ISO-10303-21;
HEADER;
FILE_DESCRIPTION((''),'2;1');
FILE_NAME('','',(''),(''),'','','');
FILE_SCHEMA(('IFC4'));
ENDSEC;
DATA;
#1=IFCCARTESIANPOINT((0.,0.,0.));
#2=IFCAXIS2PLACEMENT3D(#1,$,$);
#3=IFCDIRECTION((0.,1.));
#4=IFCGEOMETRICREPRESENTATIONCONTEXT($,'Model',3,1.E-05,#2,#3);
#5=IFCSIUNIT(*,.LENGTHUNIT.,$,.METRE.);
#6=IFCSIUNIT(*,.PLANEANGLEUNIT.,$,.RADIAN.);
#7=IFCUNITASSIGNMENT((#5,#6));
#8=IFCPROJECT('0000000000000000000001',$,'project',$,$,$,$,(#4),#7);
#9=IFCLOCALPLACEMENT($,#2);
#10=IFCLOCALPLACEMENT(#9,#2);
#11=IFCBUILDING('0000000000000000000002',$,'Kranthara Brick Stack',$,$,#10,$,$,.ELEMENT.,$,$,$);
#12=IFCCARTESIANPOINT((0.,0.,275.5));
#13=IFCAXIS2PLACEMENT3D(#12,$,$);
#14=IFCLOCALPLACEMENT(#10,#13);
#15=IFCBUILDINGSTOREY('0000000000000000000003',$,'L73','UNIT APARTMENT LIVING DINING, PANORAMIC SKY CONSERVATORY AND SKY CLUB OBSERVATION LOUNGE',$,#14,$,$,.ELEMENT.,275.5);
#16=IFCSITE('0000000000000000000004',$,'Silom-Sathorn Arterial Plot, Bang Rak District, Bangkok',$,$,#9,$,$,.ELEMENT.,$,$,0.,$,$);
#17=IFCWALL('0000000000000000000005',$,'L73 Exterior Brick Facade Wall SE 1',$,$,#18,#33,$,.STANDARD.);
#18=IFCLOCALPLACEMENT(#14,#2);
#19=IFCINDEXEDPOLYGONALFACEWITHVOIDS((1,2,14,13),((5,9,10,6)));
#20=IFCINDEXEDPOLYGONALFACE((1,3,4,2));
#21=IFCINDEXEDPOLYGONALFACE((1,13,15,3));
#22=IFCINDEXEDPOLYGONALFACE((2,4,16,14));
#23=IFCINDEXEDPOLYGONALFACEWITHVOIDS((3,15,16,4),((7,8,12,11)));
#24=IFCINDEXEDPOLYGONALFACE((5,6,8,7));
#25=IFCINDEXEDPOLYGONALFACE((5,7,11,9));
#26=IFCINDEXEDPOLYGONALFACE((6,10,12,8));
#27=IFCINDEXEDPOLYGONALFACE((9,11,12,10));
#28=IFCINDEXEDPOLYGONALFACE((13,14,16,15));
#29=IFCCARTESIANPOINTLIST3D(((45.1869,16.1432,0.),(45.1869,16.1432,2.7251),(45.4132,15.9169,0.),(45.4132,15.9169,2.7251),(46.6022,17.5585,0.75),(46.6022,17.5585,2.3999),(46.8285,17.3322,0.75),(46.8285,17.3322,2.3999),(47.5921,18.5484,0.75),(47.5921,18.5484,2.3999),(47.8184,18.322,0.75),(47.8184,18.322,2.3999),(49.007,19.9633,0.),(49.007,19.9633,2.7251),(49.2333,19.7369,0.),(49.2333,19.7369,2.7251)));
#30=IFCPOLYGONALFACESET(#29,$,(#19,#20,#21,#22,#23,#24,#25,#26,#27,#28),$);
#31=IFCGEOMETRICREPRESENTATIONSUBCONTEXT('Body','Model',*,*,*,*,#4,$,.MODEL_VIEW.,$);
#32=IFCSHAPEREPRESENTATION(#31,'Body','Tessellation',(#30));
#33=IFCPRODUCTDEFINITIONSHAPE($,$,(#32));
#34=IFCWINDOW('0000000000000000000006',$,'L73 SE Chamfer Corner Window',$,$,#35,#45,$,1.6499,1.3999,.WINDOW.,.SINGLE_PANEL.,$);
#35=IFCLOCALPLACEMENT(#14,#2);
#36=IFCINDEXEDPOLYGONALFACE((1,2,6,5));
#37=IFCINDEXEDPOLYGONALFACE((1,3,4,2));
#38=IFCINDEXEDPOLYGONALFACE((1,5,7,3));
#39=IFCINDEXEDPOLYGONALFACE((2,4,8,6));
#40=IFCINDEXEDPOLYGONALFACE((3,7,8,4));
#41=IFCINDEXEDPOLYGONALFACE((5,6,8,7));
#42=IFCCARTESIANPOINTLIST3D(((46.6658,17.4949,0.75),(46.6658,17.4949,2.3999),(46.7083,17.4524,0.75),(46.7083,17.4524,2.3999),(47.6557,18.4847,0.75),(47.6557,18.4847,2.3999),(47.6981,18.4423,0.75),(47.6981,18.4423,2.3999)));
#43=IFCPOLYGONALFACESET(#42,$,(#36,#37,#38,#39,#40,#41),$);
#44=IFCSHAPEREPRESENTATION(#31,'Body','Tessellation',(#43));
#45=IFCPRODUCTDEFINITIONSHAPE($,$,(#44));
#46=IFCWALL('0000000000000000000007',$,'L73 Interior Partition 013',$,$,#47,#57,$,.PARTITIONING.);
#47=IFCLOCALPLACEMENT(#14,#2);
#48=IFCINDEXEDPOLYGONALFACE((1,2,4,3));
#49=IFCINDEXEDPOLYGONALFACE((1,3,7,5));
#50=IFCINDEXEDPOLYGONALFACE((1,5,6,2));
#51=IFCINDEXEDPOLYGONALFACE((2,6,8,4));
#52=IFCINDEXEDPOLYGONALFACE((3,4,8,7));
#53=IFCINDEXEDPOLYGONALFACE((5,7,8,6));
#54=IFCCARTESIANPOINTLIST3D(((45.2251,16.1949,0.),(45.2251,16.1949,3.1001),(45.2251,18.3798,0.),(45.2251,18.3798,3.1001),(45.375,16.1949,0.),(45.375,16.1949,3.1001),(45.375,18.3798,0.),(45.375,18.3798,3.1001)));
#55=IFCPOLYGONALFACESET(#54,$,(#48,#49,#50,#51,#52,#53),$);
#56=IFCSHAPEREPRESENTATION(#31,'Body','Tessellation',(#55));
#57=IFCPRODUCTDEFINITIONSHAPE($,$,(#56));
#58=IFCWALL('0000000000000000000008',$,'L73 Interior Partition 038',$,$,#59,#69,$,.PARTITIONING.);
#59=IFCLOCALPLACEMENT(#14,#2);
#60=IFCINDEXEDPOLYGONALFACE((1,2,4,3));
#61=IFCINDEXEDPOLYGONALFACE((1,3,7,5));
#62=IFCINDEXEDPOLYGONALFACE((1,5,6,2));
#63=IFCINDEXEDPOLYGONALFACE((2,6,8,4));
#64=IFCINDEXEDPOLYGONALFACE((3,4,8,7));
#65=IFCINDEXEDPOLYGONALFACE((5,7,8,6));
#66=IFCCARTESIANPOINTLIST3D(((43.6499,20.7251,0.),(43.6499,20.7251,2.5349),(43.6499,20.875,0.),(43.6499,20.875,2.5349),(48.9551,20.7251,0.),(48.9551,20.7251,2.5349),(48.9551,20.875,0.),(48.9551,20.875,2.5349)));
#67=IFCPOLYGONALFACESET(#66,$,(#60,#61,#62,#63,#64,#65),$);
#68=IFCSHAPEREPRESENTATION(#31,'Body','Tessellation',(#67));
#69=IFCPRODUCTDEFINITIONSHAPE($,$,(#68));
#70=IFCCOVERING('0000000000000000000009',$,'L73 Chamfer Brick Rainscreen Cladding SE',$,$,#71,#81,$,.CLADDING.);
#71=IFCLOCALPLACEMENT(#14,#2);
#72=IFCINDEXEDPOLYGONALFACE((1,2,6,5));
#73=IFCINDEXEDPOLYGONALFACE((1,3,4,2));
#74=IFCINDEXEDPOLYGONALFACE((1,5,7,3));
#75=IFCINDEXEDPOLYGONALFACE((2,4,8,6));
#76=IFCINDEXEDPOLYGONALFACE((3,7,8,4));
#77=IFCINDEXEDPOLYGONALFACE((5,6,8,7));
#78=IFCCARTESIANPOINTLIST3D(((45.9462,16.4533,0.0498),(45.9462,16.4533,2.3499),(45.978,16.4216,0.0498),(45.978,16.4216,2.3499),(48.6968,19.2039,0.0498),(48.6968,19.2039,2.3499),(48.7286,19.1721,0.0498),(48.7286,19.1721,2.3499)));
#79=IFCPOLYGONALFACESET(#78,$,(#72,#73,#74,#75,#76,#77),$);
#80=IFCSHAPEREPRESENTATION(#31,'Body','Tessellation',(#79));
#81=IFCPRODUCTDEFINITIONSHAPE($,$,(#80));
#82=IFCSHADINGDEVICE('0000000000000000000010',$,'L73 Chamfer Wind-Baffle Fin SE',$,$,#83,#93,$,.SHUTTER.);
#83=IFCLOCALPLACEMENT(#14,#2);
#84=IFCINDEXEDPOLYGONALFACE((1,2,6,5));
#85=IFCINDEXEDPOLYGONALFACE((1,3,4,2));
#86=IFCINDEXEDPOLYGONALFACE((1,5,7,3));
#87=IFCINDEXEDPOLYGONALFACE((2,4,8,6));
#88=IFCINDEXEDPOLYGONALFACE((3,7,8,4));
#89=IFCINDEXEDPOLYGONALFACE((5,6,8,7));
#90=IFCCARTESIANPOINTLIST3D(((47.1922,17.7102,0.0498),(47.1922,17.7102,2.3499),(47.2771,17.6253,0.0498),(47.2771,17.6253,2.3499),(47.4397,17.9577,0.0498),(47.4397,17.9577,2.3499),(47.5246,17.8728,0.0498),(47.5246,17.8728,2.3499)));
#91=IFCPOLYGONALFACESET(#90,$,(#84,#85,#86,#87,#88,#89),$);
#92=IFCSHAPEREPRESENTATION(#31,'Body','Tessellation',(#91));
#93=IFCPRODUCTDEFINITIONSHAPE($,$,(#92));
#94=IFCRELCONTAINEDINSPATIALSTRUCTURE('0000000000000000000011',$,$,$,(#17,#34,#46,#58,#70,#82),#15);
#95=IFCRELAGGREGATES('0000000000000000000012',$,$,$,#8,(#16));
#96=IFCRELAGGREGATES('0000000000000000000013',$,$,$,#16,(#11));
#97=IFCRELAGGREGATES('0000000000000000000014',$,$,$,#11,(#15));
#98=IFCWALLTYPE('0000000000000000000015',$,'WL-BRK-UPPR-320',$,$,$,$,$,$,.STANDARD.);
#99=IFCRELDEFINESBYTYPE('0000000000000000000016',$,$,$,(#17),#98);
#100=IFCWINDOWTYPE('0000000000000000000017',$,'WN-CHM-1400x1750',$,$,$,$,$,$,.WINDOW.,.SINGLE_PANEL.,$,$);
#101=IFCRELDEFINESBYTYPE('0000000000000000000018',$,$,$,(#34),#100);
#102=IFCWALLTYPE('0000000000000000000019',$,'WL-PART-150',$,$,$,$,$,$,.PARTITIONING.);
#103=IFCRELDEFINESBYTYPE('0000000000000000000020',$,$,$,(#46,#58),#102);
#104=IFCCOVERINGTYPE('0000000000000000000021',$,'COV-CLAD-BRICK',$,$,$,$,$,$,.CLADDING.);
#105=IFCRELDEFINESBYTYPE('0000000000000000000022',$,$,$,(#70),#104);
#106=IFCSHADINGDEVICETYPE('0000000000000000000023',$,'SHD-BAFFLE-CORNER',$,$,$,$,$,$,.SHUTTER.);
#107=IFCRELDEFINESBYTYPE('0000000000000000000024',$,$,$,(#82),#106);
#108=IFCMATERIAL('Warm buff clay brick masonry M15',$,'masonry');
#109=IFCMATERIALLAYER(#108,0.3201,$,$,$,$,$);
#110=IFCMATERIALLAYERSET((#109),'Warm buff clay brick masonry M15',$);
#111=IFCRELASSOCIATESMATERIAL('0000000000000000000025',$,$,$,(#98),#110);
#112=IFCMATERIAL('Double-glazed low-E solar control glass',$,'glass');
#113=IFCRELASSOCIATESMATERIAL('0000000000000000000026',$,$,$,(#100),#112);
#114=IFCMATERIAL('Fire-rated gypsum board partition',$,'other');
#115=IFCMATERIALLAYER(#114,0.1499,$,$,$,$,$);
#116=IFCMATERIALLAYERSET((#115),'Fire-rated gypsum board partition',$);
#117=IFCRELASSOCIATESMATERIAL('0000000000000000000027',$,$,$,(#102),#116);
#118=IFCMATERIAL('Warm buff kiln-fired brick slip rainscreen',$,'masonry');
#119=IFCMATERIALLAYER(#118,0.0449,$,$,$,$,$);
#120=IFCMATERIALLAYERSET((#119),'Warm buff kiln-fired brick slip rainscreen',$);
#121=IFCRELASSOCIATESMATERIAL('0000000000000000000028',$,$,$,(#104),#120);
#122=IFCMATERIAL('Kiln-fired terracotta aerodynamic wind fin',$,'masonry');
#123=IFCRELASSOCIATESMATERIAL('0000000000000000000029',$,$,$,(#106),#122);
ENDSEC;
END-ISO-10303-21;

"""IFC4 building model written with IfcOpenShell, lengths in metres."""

from ifc_helpers import new_model, si_unit, direction, frame, frame_2d, origin, origin_2d, place, context, subcontext, project, spatial, rectangle, extrude, material, layer, layer_set, type_object, element, fill, save


model = new_model("IFC4")

# Units and contexts
model_context = context("Model", 3, precision=1e-05, world=origin(), true_north=direction((0.0, 1.0)))
body_context = subcontext(model_context, "Body", "Model", "MODEL_VIEW")
ifc_project = project(units=[si_unit("LENGTHUNIT", "METRE"), si_unit("PLANEANGLEUNIT", "RADIAN")], contexts=[model_context])

# Site, building, storey
site_placement = place(None, origin())
site = spatial("IfcSite", under=ifc_project, at=site_placement, Name="Silom-Sathorn Arterial Plot, Bang Rak District, Bangkok", CompositionType="ELEMENT", RefElevation=0.0)
building_placement = place(site_placement, origin())
building = spatial("IfcBuilding", under=site, at=building_placement, Name="Kranthara Brick Stack", CompositionType="ELEMENT")
storey_placement = place(building_placement, frame((0.0, 0.0, 275.5)))
storey = spatial("IfcBuildingStorey", under=building, at=storey_placement, Name="L73", Description="UNIT APARTMENT LIVING DINING, PANORAMIC SKY CONSERVATORY AND SKY CLUB OBSERVATION LOUNGE", CompositionType="ELEMENT", Elevation=275.5)

# Shared definitions
ifc_material_1 = material(Name="Warm buff clay brick masonry M15", Category="masonry")
ifc_layer_1 = layer(ifc_material_1, 0.3201)
ifc_layer_set_1 = layer_set([ifc_layer_1], Name="Warm buff clay brick masonry M15")
wall_type_1 = type_object("IfcWallType", Name="WL-BRK-UPPR-320", PredefinedType="STANDARD", material=ifc_layer_set_1)

# Wall, opening, window
wall_1_placement = place(storey_placement, frame((49.1201, 19.8501, 0.0), z_axis=(0.0, 0.0, 1.0), x_axis=(-0.707107, -0.707107, 0.0)))
wall_1 = element("IfcWall", 1, at=wall_1_placement, inside=storey, type_object=wall_type_1, Name="L73 Exterior Brick Facade Wall SE 1", PredefinedType="STANDARD", context=body_context, shape_type="SweptSolid", body=[
    extrude(rectangle(XDim=5.4023, YDim=0.3201, at=frame_2d((2.7012, 0.0))), origin(), (0.0, 0.0, 1.0), 2.7251),
])
opening_1_placement = place(wall_1_placement, frame((2.001, 0.0, 0.75)))
opening_1 = element("IfcOpeningElement", 2, at=opening_1_placement, cuts=wall_1, PredefinedType="OPENING", context=body_context, shape_type="SweptSolid", body=[
    extrude(rectangle(XDim=1.3999, YDim=1.6499, at=frame_2d((0.7, 0.825))), frame((0.0, 0.1699, 0.0), z_axis=(0.0, -1.0, 0.0), x_axis=(1.0, 0.0, 0.0)), (0.0, 0.0, 1.0), 0.3401),
])
ifc_material_2 = material(Name="Double-glazed low-E solar control glass", Category="glass")
window_type_1 = type_object("IfcWindowType", Name="WN-CHM-1400x1750", PartitioningType="SINGLE_PANEL", PredefinedType="WINDOW", material=ifc_material_2)
window_1_placement = place(opening_1_placement, origin())
window_1 = element("IfcWindow", 3, at=window_1_placement, inside=storey, type_object=window_type_1, Name="L73 SE Chamfer Corner Window", OverallHeight=1.6499, OverallWidth=1.3999, PartitioningType="SINGLE_PANEL", PredefinedType="WINDOW", context=body_context, shape_type="SweptSolid", body=[
    extrude(rectangle(XDim=1.3999, YDim=1.6499, at=frame_2d((0.7, 0.825))), frame((0.0, -0.01, 0.0), z_axis=(0.0, -1.0, 0.0), x_axis=(1.0, 0.0, 0.0)), (0.0, 0.0, 1.0), 0.0601),
])
fill(opening_1, window_1)

# Walls
ifc_material_3 = material(Name="Fire-rated gypsum board partition", Category="other")
ifc_layer_2 = layer(ifc_material_3, 0.1499)
ifc_layer_set_2 = layer_set([ifc_layer_2], Name="Fire-rated gypsum board partition")
wall_type_2 = type_object("IfcWallType", Name="WL-PART-150", PredefinedType="PARTITIONING", material=ifc_layer_set_2)
wall_2_placement = place(storey_placement, frame((45.3, 16.1951, 0.0), z_axis=(0.0, 0.0, 1.0), x_axis=(0.0, 1.0, 0.0)))
element("IfcWall", 4, at=wall_2_placement, inside=storey, type_object=wall_type_2, Name="L73 Interior Partition 013", PredefinedType="PARTITIONING", context=body_context, shape_type="SweptSolid", body=[
    extrude(rectangle(XDim=2.1848, YDim=0.1499, at=frame_2d((1.0923, 0.0))), origin(), (0.0, 0.0, 1.0), 3.1001),
])
wall_3_placement = place(storey_placement, frame((43.6499, 20.8, 0.0), z_axis=(0.0, 0.0, 1.0), x_axis=(1.0, 0.0, 0.0)))
element("IfcWall", 5, at=wall_3_placement, inside=storey, type_object=wall_type_2, Name="L73 Interior Partition 038", PredefinedType="PARTITIONING", context=body_context, shape_type="SweptSolid", body=[
    extrude(rectangle(XDim=5.3052, YDim=0.1499, at=frame_2d((2.6526, 0.0))), origin(), (0.0, 0.0, 1.0), 2.5349),
])

# Covering
ifc_material_4 = material(Name="Warm buff kiln-fired brick slip rainscreen", Category="masonry")
ifc_layer_3 = layer(ifc_material_4, 0.0449)
ifc_layer_set_3 = layer_set([ifc_layer_3], Name="Warm buff kiln-fired brick slip rainscreen")
covering_type = type_object("IfcCoveringType", Name="COV-CLAD-BRICK", PredefinedType="CLADDING", material=ifc_layer_set_3)
covering_placement = place(storey_placement, frame((47.3374, 17.8127, 0.0498), z_axis=(0.0, 0.0, 1.0), x_axis=(-0.707107, -0.707107, 0.0)))
element("IfcCovering", 6, at=covering_placement, inside=storey, type_object=covering_type, Name="L73 Chamfer Brick Rainscreen Cladding SE", PredefinedType="CLADDING", context=body_context, shape_type="SweptSolid", body=[
    extrude(rectangle(XDim=3.8899, YDim=0.0449, at=origin_2d()), origin(), (0.0, 0.0, 1.0), 2.3),
])

# Shading device
ifc_material_5 = material(Name="Kiln-fired terracotta aerodynamic wind fin", Category="masonry")
shading_device_type = type_object("IfcShadingDeviceType", Name="SHD-BAFFLE-CORNER", PredefinedType="SHUTTER", material=ifc_material_5)
shading_device_placement = place(storey_placement, frame((47.3584, 17.7915, 0.0498), z_axis=(0.0, 0.0, 1.0), x_axis=(-0.707107, -0.707107, 0.0)))
element("IfcShadingDevice", 7, at=shading_device_placement, inside=storey, type_object=shading_device_type, Name="L73 Chamfer Wind-Baffle Fin SE", PredefinedType="SHUTTER", context=body_context, shape_type="SweptSolid", body=[
    extrude(rectangle(XDim=0.3501, YDim=0.1201, at=origin_2d()), origin(), (0.0, 0.0, 1.0), 2.3),
])

save(model, "model.ifc")
